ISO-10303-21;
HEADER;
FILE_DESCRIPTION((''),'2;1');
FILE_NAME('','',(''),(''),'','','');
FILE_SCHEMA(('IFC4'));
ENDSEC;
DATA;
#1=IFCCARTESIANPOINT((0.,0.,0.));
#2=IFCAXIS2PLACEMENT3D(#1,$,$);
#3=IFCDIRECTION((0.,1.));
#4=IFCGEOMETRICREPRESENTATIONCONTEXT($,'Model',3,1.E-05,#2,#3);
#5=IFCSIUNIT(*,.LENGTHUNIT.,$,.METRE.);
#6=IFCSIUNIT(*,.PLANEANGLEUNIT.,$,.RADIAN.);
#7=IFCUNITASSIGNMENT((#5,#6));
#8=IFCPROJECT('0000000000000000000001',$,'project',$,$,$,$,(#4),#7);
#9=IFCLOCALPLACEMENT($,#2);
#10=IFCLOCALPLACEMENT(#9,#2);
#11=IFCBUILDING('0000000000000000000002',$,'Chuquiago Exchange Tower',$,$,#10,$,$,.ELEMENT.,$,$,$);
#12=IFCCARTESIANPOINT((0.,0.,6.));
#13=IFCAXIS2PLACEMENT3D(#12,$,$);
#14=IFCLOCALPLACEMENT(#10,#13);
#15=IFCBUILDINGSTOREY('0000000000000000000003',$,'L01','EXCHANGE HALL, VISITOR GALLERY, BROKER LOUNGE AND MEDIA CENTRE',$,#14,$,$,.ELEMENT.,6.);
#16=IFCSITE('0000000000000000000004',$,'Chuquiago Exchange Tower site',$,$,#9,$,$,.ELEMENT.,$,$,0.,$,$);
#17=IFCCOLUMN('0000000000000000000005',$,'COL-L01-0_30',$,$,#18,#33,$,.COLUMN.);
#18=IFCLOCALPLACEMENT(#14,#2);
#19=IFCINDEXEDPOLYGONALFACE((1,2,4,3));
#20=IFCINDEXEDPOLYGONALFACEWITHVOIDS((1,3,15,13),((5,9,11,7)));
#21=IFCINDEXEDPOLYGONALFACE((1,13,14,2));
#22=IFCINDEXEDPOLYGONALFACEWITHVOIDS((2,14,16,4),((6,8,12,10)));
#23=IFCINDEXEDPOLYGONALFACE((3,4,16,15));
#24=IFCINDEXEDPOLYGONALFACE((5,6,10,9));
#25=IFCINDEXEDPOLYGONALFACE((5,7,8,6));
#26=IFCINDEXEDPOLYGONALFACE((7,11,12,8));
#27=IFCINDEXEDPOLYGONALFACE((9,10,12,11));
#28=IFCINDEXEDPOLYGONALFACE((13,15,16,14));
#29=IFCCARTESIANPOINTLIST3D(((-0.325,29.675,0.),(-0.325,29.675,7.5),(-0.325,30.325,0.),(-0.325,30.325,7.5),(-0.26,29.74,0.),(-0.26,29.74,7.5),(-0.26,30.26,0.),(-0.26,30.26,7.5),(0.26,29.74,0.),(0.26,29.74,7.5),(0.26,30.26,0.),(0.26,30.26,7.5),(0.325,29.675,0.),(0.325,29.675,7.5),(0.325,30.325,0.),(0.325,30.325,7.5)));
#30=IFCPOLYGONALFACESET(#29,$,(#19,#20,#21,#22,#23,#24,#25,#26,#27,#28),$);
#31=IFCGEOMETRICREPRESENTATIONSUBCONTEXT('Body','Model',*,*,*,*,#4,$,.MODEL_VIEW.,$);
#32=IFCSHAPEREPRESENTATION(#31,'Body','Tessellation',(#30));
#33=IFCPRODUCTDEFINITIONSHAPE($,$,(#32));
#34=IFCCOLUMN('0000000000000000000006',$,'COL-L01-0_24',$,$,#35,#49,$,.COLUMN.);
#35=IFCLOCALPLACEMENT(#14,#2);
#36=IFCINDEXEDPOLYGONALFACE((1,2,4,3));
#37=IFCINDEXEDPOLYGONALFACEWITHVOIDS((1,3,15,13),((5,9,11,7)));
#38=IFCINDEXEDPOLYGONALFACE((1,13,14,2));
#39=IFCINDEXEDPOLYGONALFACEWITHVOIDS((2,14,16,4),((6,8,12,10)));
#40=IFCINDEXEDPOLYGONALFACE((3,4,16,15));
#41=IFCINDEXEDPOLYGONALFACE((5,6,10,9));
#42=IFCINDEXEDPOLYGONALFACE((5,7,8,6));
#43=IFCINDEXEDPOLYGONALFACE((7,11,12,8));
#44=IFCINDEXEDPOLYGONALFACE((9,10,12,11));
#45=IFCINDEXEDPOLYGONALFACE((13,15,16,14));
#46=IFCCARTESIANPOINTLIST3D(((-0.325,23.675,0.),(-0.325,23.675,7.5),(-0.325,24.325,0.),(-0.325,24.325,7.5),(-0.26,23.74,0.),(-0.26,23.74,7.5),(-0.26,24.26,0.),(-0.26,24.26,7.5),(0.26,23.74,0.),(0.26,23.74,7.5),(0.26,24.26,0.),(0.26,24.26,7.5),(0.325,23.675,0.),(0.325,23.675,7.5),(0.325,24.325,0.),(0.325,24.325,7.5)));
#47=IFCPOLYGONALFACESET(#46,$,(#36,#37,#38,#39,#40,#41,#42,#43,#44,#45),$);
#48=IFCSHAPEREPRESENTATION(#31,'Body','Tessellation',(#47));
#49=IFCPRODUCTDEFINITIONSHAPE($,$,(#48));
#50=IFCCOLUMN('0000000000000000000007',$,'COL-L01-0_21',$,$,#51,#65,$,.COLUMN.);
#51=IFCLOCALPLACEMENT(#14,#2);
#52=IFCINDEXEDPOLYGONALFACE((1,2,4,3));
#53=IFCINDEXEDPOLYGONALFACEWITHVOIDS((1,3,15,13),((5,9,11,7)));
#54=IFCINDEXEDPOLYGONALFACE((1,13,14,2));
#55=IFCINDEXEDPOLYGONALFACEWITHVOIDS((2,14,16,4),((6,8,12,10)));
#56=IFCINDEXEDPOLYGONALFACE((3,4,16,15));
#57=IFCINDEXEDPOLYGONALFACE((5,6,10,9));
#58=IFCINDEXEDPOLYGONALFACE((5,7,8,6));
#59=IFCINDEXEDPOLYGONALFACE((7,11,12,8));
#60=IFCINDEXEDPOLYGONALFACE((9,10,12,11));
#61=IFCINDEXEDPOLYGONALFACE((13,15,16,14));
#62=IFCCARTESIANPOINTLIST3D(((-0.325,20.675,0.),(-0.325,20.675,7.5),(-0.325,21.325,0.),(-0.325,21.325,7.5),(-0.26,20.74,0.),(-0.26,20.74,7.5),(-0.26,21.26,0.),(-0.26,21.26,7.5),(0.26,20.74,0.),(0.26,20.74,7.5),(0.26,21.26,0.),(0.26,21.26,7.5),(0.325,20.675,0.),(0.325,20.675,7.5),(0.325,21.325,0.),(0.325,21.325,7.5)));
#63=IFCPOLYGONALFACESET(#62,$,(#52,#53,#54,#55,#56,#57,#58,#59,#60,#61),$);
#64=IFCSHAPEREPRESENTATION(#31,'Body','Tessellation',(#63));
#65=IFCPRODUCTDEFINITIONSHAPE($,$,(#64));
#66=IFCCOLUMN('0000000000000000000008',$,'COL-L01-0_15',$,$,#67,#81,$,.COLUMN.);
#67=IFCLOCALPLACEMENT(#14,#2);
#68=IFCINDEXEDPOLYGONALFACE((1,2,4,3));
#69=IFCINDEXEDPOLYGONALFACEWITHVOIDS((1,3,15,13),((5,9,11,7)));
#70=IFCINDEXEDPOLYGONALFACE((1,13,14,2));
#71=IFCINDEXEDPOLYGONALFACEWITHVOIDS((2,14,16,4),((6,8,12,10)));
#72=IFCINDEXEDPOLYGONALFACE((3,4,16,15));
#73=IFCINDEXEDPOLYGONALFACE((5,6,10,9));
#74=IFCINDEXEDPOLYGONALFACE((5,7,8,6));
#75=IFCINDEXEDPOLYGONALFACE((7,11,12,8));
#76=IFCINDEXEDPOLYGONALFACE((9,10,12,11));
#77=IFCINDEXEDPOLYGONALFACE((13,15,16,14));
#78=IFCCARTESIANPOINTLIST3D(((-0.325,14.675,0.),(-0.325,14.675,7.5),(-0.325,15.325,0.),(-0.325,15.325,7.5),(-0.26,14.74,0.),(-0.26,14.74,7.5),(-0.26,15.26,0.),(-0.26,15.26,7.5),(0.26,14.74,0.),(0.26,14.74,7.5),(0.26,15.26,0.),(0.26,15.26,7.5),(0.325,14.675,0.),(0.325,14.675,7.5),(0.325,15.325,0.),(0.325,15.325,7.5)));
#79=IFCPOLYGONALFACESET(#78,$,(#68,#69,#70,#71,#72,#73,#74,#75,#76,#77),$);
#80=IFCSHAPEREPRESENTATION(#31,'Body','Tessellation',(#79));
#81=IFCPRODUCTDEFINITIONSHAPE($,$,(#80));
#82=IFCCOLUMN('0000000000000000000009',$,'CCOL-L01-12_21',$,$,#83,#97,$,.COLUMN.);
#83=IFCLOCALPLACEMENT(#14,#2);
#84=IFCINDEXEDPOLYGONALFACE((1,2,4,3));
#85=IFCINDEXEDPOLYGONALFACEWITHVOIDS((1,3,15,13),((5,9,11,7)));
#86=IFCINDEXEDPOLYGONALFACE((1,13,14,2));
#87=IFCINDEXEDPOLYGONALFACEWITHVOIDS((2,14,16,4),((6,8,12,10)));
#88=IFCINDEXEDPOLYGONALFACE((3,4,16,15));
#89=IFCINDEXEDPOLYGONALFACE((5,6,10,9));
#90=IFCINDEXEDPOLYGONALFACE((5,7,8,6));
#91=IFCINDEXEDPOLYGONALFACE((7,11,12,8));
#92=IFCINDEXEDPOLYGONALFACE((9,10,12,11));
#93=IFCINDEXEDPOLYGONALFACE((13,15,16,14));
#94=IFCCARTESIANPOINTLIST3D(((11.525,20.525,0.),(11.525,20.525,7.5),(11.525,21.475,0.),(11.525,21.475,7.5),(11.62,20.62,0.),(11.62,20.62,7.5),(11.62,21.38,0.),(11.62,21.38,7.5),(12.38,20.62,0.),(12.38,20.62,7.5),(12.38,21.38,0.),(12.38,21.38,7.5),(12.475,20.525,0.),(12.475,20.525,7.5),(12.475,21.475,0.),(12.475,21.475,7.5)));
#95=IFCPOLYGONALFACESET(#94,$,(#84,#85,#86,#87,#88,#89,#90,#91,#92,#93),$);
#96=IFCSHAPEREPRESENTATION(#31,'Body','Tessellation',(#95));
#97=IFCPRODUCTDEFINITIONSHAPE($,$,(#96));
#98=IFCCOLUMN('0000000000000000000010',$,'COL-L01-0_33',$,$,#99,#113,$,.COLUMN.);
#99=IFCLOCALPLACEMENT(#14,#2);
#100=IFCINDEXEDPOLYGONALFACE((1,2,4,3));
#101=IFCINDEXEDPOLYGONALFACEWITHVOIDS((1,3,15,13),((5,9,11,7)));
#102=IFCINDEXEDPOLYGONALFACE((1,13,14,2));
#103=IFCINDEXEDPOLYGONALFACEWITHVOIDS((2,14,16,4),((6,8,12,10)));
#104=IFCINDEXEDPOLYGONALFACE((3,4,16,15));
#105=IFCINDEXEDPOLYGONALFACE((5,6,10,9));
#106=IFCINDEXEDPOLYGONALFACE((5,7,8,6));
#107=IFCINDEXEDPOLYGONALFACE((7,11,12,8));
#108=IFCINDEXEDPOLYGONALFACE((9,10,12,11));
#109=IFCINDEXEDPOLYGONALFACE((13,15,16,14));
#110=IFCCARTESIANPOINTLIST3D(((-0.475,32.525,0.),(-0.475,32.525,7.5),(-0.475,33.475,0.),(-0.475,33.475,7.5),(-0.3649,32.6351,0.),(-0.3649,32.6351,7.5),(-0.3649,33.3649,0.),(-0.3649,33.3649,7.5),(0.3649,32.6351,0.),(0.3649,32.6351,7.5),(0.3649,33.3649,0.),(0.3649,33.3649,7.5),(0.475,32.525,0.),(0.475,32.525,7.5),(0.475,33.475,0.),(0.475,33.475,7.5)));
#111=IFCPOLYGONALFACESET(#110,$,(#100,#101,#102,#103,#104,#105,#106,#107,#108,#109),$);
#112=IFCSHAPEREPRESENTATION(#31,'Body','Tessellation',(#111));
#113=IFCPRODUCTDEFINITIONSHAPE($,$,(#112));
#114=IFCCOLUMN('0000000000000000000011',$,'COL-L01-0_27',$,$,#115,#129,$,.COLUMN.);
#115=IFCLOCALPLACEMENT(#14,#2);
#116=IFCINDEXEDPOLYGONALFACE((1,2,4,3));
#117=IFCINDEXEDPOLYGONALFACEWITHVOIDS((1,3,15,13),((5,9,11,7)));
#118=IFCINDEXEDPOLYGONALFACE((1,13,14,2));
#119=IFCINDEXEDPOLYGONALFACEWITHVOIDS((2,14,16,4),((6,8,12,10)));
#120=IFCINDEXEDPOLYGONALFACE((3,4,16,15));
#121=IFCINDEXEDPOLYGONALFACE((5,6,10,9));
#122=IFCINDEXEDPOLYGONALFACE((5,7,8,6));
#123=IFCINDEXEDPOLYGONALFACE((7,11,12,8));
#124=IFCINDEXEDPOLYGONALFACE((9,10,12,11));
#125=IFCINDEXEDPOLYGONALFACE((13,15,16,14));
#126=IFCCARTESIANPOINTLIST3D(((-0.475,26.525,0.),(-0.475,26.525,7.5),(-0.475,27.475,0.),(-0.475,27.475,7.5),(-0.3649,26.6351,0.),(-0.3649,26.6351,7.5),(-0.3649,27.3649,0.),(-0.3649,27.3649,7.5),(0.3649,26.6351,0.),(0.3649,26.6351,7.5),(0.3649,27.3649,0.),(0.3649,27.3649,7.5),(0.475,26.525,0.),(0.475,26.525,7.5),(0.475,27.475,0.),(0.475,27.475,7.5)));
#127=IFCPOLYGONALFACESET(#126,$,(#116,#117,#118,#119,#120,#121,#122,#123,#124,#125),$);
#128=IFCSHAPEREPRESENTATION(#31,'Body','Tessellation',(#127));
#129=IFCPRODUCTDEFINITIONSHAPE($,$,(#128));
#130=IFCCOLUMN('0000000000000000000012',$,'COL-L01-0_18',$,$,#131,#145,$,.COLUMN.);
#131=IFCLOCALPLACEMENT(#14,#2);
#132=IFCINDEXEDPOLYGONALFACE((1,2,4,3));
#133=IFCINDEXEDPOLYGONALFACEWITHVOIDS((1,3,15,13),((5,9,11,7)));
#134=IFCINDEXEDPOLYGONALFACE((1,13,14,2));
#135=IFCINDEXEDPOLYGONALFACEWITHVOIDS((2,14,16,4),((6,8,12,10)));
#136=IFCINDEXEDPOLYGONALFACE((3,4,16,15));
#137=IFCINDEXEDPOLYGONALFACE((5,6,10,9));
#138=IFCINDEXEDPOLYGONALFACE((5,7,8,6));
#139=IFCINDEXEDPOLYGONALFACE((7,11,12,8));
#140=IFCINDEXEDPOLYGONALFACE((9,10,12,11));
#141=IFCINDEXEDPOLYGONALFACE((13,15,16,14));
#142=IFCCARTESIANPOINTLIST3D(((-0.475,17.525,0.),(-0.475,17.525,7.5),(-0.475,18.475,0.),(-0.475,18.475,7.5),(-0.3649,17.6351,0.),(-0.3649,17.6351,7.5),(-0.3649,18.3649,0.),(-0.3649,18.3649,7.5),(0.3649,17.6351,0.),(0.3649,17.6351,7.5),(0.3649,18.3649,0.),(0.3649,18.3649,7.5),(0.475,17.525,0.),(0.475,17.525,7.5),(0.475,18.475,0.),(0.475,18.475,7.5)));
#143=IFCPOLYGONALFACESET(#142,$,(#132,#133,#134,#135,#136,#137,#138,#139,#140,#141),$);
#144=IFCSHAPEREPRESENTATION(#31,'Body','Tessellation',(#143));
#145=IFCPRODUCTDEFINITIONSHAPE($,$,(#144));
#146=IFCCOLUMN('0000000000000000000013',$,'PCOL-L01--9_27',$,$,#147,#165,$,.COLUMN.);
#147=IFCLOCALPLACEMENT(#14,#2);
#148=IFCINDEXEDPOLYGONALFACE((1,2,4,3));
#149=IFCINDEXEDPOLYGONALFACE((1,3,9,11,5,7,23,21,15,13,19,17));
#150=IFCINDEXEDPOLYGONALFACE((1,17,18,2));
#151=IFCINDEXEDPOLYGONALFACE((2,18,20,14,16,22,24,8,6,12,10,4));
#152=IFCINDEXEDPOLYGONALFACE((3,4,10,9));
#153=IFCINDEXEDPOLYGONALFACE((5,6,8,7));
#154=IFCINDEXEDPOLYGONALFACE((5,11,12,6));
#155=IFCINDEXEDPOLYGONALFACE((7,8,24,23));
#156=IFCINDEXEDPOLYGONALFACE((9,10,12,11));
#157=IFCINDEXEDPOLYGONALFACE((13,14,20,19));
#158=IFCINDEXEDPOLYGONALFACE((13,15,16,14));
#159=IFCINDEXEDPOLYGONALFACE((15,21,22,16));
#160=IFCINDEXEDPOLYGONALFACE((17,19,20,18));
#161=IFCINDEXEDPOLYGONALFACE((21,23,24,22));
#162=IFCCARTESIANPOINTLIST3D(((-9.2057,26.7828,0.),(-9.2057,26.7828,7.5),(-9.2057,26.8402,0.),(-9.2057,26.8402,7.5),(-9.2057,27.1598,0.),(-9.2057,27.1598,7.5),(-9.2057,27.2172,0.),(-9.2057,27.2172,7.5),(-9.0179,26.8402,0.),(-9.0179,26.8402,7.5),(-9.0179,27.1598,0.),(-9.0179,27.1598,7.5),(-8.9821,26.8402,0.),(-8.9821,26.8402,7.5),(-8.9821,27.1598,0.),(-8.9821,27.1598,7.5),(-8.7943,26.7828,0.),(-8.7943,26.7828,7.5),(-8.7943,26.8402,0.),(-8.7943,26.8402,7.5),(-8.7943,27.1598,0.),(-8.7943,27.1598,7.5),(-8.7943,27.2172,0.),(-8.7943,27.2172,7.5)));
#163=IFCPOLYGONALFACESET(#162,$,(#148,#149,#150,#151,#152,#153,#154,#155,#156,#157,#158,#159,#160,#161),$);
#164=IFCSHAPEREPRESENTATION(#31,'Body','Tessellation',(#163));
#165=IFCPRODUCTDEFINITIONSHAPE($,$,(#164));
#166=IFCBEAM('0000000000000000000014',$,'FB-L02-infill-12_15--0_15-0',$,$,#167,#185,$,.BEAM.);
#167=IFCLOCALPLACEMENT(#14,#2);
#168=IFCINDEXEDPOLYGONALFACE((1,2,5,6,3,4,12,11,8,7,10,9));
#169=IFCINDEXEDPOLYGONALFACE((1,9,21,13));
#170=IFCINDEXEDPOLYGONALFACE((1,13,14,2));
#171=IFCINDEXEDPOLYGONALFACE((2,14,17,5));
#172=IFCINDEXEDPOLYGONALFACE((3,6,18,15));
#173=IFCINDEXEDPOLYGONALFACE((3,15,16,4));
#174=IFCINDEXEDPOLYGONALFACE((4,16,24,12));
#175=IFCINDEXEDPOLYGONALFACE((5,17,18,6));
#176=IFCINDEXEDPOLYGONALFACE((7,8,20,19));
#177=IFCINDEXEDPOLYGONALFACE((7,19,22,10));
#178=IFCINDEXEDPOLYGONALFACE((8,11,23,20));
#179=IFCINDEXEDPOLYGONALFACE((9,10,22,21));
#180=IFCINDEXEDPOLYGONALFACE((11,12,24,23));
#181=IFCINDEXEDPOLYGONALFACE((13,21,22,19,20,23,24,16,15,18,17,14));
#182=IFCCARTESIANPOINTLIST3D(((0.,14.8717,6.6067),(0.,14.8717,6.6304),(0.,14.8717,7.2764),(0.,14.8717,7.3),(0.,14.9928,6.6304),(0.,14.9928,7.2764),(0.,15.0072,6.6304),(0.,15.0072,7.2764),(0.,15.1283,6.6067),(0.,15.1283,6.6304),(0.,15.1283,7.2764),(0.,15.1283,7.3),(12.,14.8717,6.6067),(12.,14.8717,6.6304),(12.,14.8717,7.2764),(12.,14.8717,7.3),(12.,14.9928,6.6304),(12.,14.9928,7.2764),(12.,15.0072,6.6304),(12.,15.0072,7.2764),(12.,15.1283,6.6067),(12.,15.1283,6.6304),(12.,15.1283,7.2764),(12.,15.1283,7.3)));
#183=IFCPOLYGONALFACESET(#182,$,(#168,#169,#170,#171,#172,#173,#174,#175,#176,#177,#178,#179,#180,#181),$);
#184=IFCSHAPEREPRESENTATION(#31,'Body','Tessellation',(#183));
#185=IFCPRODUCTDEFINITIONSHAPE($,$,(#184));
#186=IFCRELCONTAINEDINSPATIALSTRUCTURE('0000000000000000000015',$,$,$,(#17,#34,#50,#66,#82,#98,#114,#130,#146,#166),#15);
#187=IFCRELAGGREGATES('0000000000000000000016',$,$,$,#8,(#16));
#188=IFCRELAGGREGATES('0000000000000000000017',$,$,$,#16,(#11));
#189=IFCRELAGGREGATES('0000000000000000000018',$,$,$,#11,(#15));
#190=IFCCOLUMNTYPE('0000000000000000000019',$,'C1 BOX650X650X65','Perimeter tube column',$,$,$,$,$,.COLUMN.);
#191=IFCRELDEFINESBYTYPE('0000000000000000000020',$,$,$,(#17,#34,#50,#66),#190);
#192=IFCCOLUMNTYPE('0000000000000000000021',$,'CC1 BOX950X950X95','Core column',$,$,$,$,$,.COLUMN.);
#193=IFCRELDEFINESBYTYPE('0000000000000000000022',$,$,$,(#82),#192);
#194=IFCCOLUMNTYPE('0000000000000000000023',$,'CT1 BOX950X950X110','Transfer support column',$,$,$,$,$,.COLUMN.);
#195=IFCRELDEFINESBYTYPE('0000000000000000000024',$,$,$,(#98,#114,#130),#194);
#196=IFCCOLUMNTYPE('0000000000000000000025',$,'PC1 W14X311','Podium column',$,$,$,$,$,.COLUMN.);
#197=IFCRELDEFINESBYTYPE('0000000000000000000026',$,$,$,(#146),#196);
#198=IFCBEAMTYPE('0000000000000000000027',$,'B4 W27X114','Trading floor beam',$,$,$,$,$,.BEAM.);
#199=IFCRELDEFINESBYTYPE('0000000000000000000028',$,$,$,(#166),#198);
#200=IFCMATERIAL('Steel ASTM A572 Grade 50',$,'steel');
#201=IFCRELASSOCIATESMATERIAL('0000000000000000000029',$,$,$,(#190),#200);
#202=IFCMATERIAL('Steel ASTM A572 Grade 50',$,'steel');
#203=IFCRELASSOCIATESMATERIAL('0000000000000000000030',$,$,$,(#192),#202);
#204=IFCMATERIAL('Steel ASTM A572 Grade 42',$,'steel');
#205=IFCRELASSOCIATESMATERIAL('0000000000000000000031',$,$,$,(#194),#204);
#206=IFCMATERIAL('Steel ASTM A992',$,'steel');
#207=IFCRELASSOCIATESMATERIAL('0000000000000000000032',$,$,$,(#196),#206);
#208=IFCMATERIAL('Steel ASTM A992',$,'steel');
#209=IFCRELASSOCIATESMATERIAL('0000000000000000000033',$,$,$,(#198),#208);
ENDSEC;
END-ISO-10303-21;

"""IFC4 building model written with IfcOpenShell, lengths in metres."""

from ifc_helpers import new_model, si_unit, direction, frame, origin, origin_2d, place, context, subcontext, project, spatial, hollow_rectangle, i_section, extrude, material, material_profile, profile_set, type_object, element, save


model = new_model("IFC4")

# Units and contexts
model_context = context("Model", 3, precision=1e-05, world=origin(), true_north=direction((0.0, 1.0)))
body_context = subcontext(model_context, "Body", "Model", "MODEL_VIEW")
ifc_project = project(units=[si_unit("LENGTHUNIT", "METRE"), si_unit("PLANEANGLEUNIT", "RADIAN")], contexts=[model_context])

# Site, building, storey
site_placement = place(None, origin())
site = spatial("IfcSite", under=ifc_project, at=site_placement, Name="Chuquiago Exchange Tower site", CompositionType="ELEMENT", RefElevation=0.0)
building_placement = place(site_placement, origin())
building = spatial("IfcBuilding", under=site, at=building_placement, Name="Chuquiago Exchange Tower", CompositionType="ELEMENT")
storey_placement = place(building_placement, frame((0.0, 0.0, 6.0)))
storey = spatial("IfcBuildingStorey", under=building, at=storey_placement, Name="L01", Description="EXCHANGE HALL, VISITOR GALLERY, BROKER LOUNGE AND MEDIA CENTRE", CompositionType="ELEMENT", Elevation=6.0)

# Columns
ifc_material_1 = material(Name="Steel ASTM A572 Grade 50", Category="steel")
ifc_material_profile_1 = material_profile(ifc_material_1, hollow_rectangle(XDim=0.6499, YDim=0.6499, WallThickness=0.0649, at=origin_2d()), Name="BOX650X650X65")
ifc_profile_set_1 = profile_set([ifc_material_profile_1], Name="Steel ASTM A572 Grade 50")
column_type_1 = type_object("IfcColumnType", Name="C1 BOX650X650X65", Description="Perimeter tube column", PredefinedType="COLUMN", material=ifc_profile_set_1)
for number, where, z_axis, x_axis, name in (
    (1, (0.0, 30.0, 0.0), (0.0, 0.0, 1.0), (-1.0, 0.0, 0.0), "COL-L01-0_30"),
    (2, (0.0, 24.0, 0.0), (0.0, 0.0, 1.0), (-1.0, 0.0, 0.0), "COL-L01-0_24"),
    (3, (0.0, 21.0, 0.0), (0.0, 0.0, 1.0), (-1.0, 0.0, 0.0), "COL-L01-0_21"),
    (4, (0.0, 15.0, 0.0), (0.0, 0.0, 1.0), (-1.0, 0.0, 0.0), "COL-L01-0_15"),
):
    element("IfcColumn", number, at=place(storey_placement, frame(where, z_axis=z_axis, x_axis=x_axis)), inside=storey, type_object=column_type_1, Name=name, PredefinedType="COLUMN", context=body_context, shape_type="SweptSolid", body=[
        extrude(hollow_rectangle(XDim=0.6499, YDim=0.6499, WallThickness=0.0649, at=origin_2d()), origin(), (0.0, 0.0, 1.0), 7.5),
    ])
ifc_material_2 = material(Name="Steel ASTM A572 Grade 50", Category="steel")
ifc_material_profile_2 = material_profile(ifc_material_2, hollow_rectangle(XDim=0.95, YDim=0.95, WallThickness=0.095, at=origin_2d()), Name="BOX950X950X95")
ifc_profile_set_2 = profile_set([ifc_material_profile_2], Name="Steel ASTM A572 Grade 50")
column_type_2 = type_object("IfcColumnType", Name="CC1 BOX950X950X95", Description="Core column", PredefinedType="COLUMN", material=ifc_profile_set_2)
column_1_placement = place(storey_placement, frame((12.0, 21.0, 0.0), z_axis=(0.0, 0.0, 1.0), x_axis=(1.0, 0.0, 0.0)))
element("IfcColumn", 5, at=column_1_placement, inside=storey, type_object=column_type_2, Name="CCOL-L01-12_21", PredefinedType="COLUMN", context=body_context, shape_type="SweptSolid", body=[
    extrude(hollow_rectangle(XDim=0.95, YDim=0.95, WallThickness=0.095, at=origin_2d()), origin(), (0.0, 0.0, 1.0), 7.5),
])
ifc_material_3 = material(Name="Steel ASTM A572 Grade 42", Category="steel")
ifc_material_profile_3 = material_profile(ifc_material_3, hollow_rectangle(XDim=0.95, YDim=0.95, WallThickness=0.1101, at=origin_2d()), Name="BOX950X950X110")
ifc_profile_set_3 = profile_set([ifc_material_profile_3], Name="Steel ASTM A572 Grade 42")
column_type_3 = type_object("IfcColumnType", Name="CT1 BOX950X950X110", Description="Transfer support column", PredefinedType="COLUMN", material=ifc_profile_set_3)
for number, where, z_axis, x_axis, name in (
    (6, (0.0, 33.0, 0.0), (0.0, 0.0, 1.0), (-1.0, 0.0, 0.0), "COL-L01-0_33"),
    (7, (0.0, 27.0, 0.0), (0.0, 0.0, 1.0), (-1.0, 0.0, 0.0), "COL-L01-0_27"),
    (8, (0.0, 18.0, 0.0), (0.0, 0.0, 1.0), (-1.0, 0.0, 0.0), "COL-L01-0_18"),
):
    element("IfcColumn", number, at=place(storey_placement, frame(where, z_axis=z_axis, x_axis=x_axis)), inside=storey, type_object=column_type_3, Name=name, PredefinedType="COLUMN", context=body_context, shape_type="SweptSolid", body=[
        extrude(hollow_rectangle(XDim=0.95, YDim=0.95, WallThickness=0.1101, at=origin_2d()), origin(), (0.0, 0.0, 1.0), 7.5),
    ])
ifc_material_4 = material(Name="Steel ASTM A992", Category="steel")
ifc_material_profile_4 = material_profile(ifc_material_4, i_section(OverallWidth=0.4114, OverallDepth=0.4343, WebThickness=0.0359, FlangeThickness=0.0574, at=origin_2d()), Name="W14X311")
ifc_profile_set_4 = profile_set([ifc_material_profile_4], Name="Steel ASTM A992")
column_type_4 = type_object("IfcColumnType", Name="PC1 W14X311", Description="Podium column", PredefinedType="COLUMN", material=ifc_profile_set_4)
column_2_placement = place(storey_placement, frame((-9.0, 27.0, 0.0), z_axis=(0.0, 0.0, 1.0), x_axis=(1.0, 0.0, 0.0)))
element("IfcColumn", 9, at=column_2_placement, inside=storey, type_object=column_type_4, Name="PCOL-L01--9_27", PredefinedType="COLUMN", context=body_context, shape_type="SweptSolid", body=[
    extrude(i_section(OverallWidth=0.4114, OverallDepth=0.4343, WebThickness=0.0359, FlangeThickness=0.0574, at=origin_2d()), origin(), (0.0, 0.0, 1.0), 7.5),
])

# Beam
ifc_material_5 = material(Name="Steel ASTM A992", Category="steel")
ifc_material_profile_5 = material_profile(ifc_material_5, i_section(OverallWidth=0.2566, OverallDepth=0.6934, WebThickness=0.0144, FlangeThickness=0.0237, at=origin_2d()), Name="W27X114")
ifc_profile_set_5 = profile_set([ifc_material_profile_5], Name="Steel ASTM A992")
beam_type_1 = type_object("IfcBeamType", Name="B4 W27X114", Description="Trading floor beam", PredefinedType="BEAM", material=ifc_profile_set_5)
for number, where, z_axis, x_axis, name in (
    (10, (12.0, 15.0, 6.9534), (-1.0, 0.0, 0.0), (0.0, -1.0, 0.0), "FB-L02-infill-12_15--0_15-0"),
):
    element("IfcBeam", number, at=place(storey_placement, frame(where, z_axis=z_axis, x_axis=x_axis)), inside=storey, type_object=beam_type_1, Name=name, PredefinedType="BEAM", context=body_context, shape_type="SweptSolid", body=[
        extrude(i_section(OverallWidth=0.2566, OverallDepth=0.6934, WebThickness=0.0144, FlangeThickness=0.0237, at=origin_2d()), origin(), (0.0, 0.0, 1.0), 12.0),
    ])

save(model, "model.ifc")
